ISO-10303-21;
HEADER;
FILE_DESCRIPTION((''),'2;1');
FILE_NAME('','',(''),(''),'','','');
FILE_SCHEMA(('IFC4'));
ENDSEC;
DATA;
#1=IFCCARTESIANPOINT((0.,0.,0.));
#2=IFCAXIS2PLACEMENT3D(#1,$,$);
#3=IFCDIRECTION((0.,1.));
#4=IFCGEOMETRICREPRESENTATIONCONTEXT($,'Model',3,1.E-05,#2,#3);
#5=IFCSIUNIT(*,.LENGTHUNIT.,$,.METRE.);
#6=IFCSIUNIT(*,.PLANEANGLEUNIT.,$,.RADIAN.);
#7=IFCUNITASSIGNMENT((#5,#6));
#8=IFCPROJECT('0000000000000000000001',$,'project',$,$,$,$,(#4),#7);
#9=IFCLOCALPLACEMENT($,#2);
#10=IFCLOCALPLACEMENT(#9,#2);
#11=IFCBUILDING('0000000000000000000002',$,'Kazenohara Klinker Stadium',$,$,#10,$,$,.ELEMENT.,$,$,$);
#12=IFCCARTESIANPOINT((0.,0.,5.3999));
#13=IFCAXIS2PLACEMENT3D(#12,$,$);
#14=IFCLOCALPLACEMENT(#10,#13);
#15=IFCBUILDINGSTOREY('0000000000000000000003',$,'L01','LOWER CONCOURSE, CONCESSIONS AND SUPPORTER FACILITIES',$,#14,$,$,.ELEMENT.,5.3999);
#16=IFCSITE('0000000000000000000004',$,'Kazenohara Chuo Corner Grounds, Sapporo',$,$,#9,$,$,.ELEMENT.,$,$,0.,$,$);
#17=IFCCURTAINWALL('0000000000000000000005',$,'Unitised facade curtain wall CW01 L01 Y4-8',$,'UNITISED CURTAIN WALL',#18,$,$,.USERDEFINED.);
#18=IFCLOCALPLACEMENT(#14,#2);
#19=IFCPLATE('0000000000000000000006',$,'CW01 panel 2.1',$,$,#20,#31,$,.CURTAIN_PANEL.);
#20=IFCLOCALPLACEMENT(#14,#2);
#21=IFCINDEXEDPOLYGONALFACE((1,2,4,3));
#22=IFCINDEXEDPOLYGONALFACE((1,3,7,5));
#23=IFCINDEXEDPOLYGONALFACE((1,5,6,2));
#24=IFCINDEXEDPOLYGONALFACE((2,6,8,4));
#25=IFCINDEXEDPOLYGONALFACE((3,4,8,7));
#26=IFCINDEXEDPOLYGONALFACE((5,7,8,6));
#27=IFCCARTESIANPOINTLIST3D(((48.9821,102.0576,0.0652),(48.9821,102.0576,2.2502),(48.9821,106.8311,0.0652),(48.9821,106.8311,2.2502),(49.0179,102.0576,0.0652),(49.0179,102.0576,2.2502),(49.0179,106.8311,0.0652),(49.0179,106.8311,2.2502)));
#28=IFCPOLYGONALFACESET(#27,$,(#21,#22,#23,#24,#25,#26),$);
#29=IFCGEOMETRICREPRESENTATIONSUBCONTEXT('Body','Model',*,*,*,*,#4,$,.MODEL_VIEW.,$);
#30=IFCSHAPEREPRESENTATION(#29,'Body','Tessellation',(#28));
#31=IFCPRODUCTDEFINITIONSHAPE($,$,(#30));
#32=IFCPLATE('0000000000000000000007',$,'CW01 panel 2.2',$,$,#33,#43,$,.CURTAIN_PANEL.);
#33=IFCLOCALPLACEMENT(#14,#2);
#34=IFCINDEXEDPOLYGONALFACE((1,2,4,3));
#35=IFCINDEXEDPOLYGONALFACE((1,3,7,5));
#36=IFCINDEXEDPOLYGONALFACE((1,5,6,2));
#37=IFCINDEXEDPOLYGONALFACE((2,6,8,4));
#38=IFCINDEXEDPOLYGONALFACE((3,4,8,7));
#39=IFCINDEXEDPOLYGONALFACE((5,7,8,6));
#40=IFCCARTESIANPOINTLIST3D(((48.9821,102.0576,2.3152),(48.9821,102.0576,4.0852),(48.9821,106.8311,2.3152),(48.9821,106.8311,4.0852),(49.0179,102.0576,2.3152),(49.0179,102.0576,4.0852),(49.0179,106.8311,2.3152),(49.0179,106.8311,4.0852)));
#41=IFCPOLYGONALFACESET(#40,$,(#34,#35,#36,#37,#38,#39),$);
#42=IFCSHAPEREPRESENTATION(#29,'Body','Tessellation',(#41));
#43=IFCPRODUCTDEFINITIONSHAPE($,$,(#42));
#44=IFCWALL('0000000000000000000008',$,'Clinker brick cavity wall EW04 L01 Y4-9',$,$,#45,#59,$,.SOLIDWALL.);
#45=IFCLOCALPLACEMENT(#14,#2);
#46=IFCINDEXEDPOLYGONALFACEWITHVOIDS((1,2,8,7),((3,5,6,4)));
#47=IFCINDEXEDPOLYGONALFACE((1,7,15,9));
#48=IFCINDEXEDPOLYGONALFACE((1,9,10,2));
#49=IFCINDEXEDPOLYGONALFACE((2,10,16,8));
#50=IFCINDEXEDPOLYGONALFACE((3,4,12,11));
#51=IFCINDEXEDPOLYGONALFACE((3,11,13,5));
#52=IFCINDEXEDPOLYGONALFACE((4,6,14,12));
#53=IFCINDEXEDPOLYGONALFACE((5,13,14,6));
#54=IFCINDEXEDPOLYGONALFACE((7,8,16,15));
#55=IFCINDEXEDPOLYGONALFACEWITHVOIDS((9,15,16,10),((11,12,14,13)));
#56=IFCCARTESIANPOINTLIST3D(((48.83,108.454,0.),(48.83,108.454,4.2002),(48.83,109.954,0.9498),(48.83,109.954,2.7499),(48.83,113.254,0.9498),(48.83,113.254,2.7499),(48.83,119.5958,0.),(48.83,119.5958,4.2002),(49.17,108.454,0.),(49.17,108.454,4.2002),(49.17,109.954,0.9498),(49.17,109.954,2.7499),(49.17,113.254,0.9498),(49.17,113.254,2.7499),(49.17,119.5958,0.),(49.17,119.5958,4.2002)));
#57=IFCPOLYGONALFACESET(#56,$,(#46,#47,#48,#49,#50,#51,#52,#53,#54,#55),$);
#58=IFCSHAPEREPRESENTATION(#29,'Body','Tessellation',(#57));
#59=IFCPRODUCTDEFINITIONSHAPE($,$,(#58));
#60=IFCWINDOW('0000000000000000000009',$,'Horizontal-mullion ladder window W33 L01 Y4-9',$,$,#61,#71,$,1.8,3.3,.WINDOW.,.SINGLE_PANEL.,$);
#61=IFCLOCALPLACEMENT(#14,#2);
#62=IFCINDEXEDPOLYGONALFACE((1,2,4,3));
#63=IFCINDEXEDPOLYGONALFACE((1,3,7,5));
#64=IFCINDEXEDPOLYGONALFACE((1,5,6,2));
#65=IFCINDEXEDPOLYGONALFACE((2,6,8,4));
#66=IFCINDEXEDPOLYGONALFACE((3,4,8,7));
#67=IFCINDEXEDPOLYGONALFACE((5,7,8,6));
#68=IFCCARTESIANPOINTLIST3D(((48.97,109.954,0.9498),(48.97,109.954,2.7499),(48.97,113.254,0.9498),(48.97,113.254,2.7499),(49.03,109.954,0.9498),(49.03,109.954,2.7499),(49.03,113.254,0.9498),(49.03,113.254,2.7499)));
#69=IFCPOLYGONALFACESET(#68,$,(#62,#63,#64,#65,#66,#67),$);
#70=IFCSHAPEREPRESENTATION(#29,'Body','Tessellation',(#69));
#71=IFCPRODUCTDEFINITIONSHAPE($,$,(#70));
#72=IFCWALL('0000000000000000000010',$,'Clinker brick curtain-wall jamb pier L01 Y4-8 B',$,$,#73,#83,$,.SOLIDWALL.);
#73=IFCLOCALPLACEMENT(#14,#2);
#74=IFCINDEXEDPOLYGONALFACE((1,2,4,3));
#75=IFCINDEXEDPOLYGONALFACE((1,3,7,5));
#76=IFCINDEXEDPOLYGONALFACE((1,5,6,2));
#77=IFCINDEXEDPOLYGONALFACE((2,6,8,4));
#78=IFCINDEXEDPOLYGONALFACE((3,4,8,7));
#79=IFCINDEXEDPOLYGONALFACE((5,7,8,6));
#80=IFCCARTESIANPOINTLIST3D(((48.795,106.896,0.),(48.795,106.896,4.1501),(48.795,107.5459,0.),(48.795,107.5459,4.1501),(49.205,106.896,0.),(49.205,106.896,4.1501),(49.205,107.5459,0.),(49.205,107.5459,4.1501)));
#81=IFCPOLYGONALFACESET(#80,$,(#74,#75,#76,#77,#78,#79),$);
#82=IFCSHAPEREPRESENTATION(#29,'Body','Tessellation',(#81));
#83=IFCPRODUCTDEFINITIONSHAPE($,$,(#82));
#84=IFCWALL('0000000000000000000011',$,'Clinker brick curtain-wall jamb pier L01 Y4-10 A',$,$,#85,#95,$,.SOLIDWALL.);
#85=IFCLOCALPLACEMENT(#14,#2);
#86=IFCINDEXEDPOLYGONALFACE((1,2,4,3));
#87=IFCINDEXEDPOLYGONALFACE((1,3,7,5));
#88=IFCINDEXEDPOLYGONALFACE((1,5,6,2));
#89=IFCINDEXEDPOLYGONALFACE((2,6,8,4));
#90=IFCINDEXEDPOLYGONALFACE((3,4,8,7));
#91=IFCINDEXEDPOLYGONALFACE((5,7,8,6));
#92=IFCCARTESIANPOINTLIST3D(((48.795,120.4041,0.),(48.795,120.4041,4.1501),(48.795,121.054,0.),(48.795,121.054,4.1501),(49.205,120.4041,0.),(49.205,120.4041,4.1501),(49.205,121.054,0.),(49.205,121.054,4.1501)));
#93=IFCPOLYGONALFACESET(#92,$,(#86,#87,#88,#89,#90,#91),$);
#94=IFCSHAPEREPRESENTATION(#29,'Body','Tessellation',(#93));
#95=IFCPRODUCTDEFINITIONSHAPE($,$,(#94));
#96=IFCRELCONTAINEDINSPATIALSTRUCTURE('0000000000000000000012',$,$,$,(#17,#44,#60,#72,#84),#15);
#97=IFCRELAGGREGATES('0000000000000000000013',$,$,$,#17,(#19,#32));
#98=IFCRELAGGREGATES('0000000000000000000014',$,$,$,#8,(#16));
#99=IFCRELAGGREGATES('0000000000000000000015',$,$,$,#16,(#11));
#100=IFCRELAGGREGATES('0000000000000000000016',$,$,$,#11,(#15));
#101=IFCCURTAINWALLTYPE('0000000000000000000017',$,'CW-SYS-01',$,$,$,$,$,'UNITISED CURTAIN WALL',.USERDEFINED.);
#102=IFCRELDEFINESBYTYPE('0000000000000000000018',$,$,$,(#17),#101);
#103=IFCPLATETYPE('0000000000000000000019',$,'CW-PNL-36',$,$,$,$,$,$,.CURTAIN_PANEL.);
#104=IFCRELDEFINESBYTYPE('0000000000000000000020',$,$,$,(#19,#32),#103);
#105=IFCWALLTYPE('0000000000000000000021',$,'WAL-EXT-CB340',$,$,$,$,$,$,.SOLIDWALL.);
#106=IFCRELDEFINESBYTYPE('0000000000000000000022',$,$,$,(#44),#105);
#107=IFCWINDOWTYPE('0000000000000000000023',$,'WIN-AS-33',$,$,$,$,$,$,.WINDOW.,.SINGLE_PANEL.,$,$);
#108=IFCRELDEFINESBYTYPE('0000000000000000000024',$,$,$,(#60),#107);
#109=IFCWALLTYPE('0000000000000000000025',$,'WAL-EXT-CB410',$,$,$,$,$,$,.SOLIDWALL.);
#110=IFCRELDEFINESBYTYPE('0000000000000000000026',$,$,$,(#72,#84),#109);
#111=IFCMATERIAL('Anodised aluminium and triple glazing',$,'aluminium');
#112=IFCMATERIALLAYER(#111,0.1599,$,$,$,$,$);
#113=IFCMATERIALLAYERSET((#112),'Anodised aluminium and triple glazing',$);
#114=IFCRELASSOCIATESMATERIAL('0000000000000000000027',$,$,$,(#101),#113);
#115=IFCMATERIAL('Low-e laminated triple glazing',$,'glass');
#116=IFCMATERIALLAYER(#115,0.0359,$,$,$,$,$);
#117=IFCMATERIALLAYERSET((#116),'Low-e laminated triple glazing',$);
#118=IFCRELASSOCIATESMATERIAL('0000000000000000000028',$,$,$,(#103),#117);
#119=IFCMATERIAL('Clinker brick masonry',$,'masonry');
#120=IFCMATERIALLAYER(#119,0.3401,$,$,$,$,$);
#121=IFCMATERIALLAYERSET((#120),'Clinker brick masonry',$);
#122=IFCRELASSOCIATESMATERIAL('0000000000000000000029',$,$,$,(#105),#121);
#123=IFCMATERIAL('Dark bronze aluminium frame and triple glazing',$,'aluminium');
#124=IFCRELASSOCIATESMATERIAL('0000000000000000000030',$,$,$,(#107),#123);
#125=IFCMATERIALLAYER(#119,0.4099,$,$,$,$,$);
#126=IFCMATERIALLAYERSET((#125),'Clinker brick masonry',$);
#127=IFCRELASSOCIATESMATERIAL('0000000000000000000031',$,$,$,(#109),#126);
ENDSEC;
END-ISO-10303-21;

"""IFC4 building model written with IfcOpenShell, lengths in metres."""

from ifc_helpers import new_model, si_unit, direction, frame, frame_2d, origin, origin_2d, place, context, subcontext, project, spatial, rectangle, extrude, material, layer, layer_set, type_object, element, fill, aggregate, save


model = new_model("IFC4")

# Units and contexts
model_context = context("Model", 3, precision=1e-05, world=origin(), true_north=direction((0.0, 1.0)))
body_context = subcontext(model_context, "Body", "Model", "MODEL_VIEW")
ifc_project = project(units=[si_unit("LENGTHUNIT", "METRE"), si_unit("PLANEANGLEUNIT", "RADIAN")], contexts=[model_context])

# Site, building, storey
site_placement = place(None, origin())
site = spatial("IfcSite", under=ifc_project, at=site_placement, Name="Kazenohara Chuo Corner Grounds, Sapporo", CompositionType="ELEMENT", RefElevation=0.0)
building_placement = place(site_placement, origin())
building = spatial("IfcBuilding", under=site, at=building_placement, Name="Kazenohara Klinker Stadium", CompositionType="ELEMENT")
storey_placement = place(building_placement, frame((0.0, 0.0, 5.3999)))
storey = spatial("IfcBuildingStorey", under=building, at=storey_placement, Name="L01", Description="LOWER CONCOURSE, CONCESSIONS AND SUPPORTER FACILITIES", CompositionType="ELEMENT", Elevation=5.3999)

# Curtain wall
ifc_material_1 = material(Name="Anodised aluminium and triple glazing", Category="aluminium")
ifc_layer_1 = layer(ifc_material_1, 0.1599)
ifc_layer_set_1 = layer_set([ifc_layer_1], Name="Anodised aluminium and triple glazing")
curtain_wall_type_1 = type_object("IfcCurtainWallType", Name="CW-SYS-01", ElementType="UNITISED CURTAIN WALL", PredefinedType="USERDEFINED", material=ifc_layer_set_1)
curtain_wall_1_placement = place(storey_placement, origin())
curtain_wall_1 = element("IfcCurtainWall", 1, at=curtain_wall_1_placement, inside=storey, type_object=curtain_wall_type_1, Name="Unitised facade curtain wall CW01 L01 Y4-8", ObjectType="UNITISED CURTAIN WALL", PredefinedType="USERDEFINED")

# Plates
ifc_material_2 = material(Name="Low-e laminated triple glazing", Category="glass")
ifc_layer_2 = layer(ifc_material_2, 0.0359)
ifc_layer_set_2 = layer_set([ifc_layer_2], Name="Low-e laminated triple glazing")
plate_type = type_object("IfcPlateType", Name="CW-PNL-36", PredefinedType="CURTAIN_PANEL", material=ifc_layer_set_2)
plate_1_placement = place(storey_placement, frame((49.0, 104.4443, 0.0652), z_axis=(0.0, 0.0, 1.0), x_axis=(0.0, 1.0, 0.0)))
plate_1 = element("IfcPlate", 2, at=plate_1_placement, type_object=plate_type, Name="CW01 panel 2.1", PredefinedType="CURTAIN_PANEL", context=body_context, shape_type="SweptSolid", body=[
    extrude(rectangle(XDim=4.7734, YDim=0.0359, at=origin_2d()), origin(), (0.0, 0.0, 1.0), 2.1851),
])
plate_2_placement = place(storey_placement, frame((49.0, 104.4443, 2.3152), z_axis=(0.0, 0.0, 1.0), x_axis=(0.0, 1.0, 0.0)))
plate_2 = element("IfcPlate", 3, at=plate_2_placement, type_object=plate_type, Name="CW01 panel 2.2", PredefinedType="CURTAIN_PANEL", context=body_context, shape_type="SweptSolid", body=[
    extrude(rectangle(XDim=4.7734, YDim=0.0359, at=origin_2d()), origin(), (0.0, 0.0, 1.0), 1.77),
])
aggregate(curtain_wall_1, [plate_1, plate_2])

# Wall, opening, window
ifc_material_3 = material(Name="Clinker brick masonry", Category="masonry")
ifc_layer_3 = layer(ifc_material_3, 0.3401)
ifc_layer_set_3 = layer_set([ifc_layer_3], Name="Clinker brick masonry")
wall_type_1 = type_object("IfcWallType", Name="WAL-EXT-CB340", PredefinedType="SOLIDWALL", material=ifc_layer_set_3)
wall_placement = place(storey_placement, frame((49.0, 108.4541, 0.0), z_axis=(0.0, 0.0, 1.0), x_axis=(0.0, 1.0, 0.0)))
wall = element("IfcWall", 4, at=wall_placement, inside=storey, type_object=wall_type_1, Name="Clinker brick cavity wall EW04 L01 Y4-9", PredefinedType="SOLIDWALL", context=body_context, shape_type="SweptSolid", body=[
    extrude(rectangle(XDim=11.1418, YDim=0.3401, at=frame_2d((5.5708, 0.0))), origin(), (0.0, 0.0, 1.0), 4.2002),
])
opening_placement = place(wall_placement, frame((1.5, 0.0, 0.95)))
opening = element("IfcOpeningElement", 5, at=opening_placement, cuts=wall, PredefinedType="OPENING", context=body_context, shape_type="SweptSolid", body=[
    extrude(rectangle(XDim=3.3, YDim=1.8, at=frame_2d((1.6499, 0.8999))), frame((0.0, 0.1802, 0.0), z_axis=(0.0, -1.0, 0.0), x_axis=(1.0, 0.0, 0.0)), (0.0, 0.0, 1.0), 0.3601),
])
ifc_material_4 = material(Name="Dark bronze aluminium frame and triple glazing", Category="aluminium")
window_type = type_object("IfcWindowType", Name="WIN-AS-33", PartitioningType="SINGLE_PANEL", PredefinedType="WINDOW", material=ifc_material_4)
window_placement = place(opening_placement, origin())
window = element("IfcWindow", 6, at=window_placement, inside=storey, type_object=window_type, Name="Horizontal-mullion ladder window W33 L01 Y4-9", OverallHeight=1.8, OverallWidth=3.3, PartitioningType="SINGLE_PANEL", PredefinedType="WINDOW", context=body_context, shape_type="SweptSolid", body=[
    extrude(rectangle(XDim=3.3, YDim=1.8, at=frame_2d((1.6499, 0.8999))), frame((0.0, 0.03, 0.0), z_axis=(0.0, -1.0, 0.0), x_axis=(1.0, 0.0, 0.0)), (0.0, 0.0, 1.0), 0.0601),
])
fill(opening, window)

# Walls
ifc_layer_4 = layer(ifc_material_3, 0.4099)
ifc_layer_set_4 = layer_set([ifc_layer_4], Name="Clinker brick masonry")
wall_type_2 = type_object("IfcWallType", Name="WAL-EXT-CB410", PredefinedType="SOLIDWALL", material=ifc_layer_set_4)
for number, where, z_axis, x_axis, name in (
    (7, (49.0, 106.896, 0.0), (0.0, 0.0, 1.0), (0.0, 1.0, 0.0), "Clinker brick curtain-wall jamb pier L01 Y4-8 B"),
    (8, (49.0, 120.4041, 0.0), (0.0, 0.0, 1.0), (0.0, 1.0, 0.0), "Clinker brick curtain-wall jamb pier L01 Y4-10 A"),
):
    element("IfcWall", number, at=place(storey_placement, frame(where, z_axis=z_axis, x_axis=x_axis)), inside=storey, type_object=wall_type_2, Name=name, PredefinedType="SOLIDWALL", context=body_context, shape_type="SweptSolid", body=[
        extrude(rectangle(XDim=0.6499, YDim=0.4099, at=frame_2d((0.325, 0.0))), origin(), (0.0, 0.0, 1.0), 4.1501),
    ])

save(model, "model.ifc")
